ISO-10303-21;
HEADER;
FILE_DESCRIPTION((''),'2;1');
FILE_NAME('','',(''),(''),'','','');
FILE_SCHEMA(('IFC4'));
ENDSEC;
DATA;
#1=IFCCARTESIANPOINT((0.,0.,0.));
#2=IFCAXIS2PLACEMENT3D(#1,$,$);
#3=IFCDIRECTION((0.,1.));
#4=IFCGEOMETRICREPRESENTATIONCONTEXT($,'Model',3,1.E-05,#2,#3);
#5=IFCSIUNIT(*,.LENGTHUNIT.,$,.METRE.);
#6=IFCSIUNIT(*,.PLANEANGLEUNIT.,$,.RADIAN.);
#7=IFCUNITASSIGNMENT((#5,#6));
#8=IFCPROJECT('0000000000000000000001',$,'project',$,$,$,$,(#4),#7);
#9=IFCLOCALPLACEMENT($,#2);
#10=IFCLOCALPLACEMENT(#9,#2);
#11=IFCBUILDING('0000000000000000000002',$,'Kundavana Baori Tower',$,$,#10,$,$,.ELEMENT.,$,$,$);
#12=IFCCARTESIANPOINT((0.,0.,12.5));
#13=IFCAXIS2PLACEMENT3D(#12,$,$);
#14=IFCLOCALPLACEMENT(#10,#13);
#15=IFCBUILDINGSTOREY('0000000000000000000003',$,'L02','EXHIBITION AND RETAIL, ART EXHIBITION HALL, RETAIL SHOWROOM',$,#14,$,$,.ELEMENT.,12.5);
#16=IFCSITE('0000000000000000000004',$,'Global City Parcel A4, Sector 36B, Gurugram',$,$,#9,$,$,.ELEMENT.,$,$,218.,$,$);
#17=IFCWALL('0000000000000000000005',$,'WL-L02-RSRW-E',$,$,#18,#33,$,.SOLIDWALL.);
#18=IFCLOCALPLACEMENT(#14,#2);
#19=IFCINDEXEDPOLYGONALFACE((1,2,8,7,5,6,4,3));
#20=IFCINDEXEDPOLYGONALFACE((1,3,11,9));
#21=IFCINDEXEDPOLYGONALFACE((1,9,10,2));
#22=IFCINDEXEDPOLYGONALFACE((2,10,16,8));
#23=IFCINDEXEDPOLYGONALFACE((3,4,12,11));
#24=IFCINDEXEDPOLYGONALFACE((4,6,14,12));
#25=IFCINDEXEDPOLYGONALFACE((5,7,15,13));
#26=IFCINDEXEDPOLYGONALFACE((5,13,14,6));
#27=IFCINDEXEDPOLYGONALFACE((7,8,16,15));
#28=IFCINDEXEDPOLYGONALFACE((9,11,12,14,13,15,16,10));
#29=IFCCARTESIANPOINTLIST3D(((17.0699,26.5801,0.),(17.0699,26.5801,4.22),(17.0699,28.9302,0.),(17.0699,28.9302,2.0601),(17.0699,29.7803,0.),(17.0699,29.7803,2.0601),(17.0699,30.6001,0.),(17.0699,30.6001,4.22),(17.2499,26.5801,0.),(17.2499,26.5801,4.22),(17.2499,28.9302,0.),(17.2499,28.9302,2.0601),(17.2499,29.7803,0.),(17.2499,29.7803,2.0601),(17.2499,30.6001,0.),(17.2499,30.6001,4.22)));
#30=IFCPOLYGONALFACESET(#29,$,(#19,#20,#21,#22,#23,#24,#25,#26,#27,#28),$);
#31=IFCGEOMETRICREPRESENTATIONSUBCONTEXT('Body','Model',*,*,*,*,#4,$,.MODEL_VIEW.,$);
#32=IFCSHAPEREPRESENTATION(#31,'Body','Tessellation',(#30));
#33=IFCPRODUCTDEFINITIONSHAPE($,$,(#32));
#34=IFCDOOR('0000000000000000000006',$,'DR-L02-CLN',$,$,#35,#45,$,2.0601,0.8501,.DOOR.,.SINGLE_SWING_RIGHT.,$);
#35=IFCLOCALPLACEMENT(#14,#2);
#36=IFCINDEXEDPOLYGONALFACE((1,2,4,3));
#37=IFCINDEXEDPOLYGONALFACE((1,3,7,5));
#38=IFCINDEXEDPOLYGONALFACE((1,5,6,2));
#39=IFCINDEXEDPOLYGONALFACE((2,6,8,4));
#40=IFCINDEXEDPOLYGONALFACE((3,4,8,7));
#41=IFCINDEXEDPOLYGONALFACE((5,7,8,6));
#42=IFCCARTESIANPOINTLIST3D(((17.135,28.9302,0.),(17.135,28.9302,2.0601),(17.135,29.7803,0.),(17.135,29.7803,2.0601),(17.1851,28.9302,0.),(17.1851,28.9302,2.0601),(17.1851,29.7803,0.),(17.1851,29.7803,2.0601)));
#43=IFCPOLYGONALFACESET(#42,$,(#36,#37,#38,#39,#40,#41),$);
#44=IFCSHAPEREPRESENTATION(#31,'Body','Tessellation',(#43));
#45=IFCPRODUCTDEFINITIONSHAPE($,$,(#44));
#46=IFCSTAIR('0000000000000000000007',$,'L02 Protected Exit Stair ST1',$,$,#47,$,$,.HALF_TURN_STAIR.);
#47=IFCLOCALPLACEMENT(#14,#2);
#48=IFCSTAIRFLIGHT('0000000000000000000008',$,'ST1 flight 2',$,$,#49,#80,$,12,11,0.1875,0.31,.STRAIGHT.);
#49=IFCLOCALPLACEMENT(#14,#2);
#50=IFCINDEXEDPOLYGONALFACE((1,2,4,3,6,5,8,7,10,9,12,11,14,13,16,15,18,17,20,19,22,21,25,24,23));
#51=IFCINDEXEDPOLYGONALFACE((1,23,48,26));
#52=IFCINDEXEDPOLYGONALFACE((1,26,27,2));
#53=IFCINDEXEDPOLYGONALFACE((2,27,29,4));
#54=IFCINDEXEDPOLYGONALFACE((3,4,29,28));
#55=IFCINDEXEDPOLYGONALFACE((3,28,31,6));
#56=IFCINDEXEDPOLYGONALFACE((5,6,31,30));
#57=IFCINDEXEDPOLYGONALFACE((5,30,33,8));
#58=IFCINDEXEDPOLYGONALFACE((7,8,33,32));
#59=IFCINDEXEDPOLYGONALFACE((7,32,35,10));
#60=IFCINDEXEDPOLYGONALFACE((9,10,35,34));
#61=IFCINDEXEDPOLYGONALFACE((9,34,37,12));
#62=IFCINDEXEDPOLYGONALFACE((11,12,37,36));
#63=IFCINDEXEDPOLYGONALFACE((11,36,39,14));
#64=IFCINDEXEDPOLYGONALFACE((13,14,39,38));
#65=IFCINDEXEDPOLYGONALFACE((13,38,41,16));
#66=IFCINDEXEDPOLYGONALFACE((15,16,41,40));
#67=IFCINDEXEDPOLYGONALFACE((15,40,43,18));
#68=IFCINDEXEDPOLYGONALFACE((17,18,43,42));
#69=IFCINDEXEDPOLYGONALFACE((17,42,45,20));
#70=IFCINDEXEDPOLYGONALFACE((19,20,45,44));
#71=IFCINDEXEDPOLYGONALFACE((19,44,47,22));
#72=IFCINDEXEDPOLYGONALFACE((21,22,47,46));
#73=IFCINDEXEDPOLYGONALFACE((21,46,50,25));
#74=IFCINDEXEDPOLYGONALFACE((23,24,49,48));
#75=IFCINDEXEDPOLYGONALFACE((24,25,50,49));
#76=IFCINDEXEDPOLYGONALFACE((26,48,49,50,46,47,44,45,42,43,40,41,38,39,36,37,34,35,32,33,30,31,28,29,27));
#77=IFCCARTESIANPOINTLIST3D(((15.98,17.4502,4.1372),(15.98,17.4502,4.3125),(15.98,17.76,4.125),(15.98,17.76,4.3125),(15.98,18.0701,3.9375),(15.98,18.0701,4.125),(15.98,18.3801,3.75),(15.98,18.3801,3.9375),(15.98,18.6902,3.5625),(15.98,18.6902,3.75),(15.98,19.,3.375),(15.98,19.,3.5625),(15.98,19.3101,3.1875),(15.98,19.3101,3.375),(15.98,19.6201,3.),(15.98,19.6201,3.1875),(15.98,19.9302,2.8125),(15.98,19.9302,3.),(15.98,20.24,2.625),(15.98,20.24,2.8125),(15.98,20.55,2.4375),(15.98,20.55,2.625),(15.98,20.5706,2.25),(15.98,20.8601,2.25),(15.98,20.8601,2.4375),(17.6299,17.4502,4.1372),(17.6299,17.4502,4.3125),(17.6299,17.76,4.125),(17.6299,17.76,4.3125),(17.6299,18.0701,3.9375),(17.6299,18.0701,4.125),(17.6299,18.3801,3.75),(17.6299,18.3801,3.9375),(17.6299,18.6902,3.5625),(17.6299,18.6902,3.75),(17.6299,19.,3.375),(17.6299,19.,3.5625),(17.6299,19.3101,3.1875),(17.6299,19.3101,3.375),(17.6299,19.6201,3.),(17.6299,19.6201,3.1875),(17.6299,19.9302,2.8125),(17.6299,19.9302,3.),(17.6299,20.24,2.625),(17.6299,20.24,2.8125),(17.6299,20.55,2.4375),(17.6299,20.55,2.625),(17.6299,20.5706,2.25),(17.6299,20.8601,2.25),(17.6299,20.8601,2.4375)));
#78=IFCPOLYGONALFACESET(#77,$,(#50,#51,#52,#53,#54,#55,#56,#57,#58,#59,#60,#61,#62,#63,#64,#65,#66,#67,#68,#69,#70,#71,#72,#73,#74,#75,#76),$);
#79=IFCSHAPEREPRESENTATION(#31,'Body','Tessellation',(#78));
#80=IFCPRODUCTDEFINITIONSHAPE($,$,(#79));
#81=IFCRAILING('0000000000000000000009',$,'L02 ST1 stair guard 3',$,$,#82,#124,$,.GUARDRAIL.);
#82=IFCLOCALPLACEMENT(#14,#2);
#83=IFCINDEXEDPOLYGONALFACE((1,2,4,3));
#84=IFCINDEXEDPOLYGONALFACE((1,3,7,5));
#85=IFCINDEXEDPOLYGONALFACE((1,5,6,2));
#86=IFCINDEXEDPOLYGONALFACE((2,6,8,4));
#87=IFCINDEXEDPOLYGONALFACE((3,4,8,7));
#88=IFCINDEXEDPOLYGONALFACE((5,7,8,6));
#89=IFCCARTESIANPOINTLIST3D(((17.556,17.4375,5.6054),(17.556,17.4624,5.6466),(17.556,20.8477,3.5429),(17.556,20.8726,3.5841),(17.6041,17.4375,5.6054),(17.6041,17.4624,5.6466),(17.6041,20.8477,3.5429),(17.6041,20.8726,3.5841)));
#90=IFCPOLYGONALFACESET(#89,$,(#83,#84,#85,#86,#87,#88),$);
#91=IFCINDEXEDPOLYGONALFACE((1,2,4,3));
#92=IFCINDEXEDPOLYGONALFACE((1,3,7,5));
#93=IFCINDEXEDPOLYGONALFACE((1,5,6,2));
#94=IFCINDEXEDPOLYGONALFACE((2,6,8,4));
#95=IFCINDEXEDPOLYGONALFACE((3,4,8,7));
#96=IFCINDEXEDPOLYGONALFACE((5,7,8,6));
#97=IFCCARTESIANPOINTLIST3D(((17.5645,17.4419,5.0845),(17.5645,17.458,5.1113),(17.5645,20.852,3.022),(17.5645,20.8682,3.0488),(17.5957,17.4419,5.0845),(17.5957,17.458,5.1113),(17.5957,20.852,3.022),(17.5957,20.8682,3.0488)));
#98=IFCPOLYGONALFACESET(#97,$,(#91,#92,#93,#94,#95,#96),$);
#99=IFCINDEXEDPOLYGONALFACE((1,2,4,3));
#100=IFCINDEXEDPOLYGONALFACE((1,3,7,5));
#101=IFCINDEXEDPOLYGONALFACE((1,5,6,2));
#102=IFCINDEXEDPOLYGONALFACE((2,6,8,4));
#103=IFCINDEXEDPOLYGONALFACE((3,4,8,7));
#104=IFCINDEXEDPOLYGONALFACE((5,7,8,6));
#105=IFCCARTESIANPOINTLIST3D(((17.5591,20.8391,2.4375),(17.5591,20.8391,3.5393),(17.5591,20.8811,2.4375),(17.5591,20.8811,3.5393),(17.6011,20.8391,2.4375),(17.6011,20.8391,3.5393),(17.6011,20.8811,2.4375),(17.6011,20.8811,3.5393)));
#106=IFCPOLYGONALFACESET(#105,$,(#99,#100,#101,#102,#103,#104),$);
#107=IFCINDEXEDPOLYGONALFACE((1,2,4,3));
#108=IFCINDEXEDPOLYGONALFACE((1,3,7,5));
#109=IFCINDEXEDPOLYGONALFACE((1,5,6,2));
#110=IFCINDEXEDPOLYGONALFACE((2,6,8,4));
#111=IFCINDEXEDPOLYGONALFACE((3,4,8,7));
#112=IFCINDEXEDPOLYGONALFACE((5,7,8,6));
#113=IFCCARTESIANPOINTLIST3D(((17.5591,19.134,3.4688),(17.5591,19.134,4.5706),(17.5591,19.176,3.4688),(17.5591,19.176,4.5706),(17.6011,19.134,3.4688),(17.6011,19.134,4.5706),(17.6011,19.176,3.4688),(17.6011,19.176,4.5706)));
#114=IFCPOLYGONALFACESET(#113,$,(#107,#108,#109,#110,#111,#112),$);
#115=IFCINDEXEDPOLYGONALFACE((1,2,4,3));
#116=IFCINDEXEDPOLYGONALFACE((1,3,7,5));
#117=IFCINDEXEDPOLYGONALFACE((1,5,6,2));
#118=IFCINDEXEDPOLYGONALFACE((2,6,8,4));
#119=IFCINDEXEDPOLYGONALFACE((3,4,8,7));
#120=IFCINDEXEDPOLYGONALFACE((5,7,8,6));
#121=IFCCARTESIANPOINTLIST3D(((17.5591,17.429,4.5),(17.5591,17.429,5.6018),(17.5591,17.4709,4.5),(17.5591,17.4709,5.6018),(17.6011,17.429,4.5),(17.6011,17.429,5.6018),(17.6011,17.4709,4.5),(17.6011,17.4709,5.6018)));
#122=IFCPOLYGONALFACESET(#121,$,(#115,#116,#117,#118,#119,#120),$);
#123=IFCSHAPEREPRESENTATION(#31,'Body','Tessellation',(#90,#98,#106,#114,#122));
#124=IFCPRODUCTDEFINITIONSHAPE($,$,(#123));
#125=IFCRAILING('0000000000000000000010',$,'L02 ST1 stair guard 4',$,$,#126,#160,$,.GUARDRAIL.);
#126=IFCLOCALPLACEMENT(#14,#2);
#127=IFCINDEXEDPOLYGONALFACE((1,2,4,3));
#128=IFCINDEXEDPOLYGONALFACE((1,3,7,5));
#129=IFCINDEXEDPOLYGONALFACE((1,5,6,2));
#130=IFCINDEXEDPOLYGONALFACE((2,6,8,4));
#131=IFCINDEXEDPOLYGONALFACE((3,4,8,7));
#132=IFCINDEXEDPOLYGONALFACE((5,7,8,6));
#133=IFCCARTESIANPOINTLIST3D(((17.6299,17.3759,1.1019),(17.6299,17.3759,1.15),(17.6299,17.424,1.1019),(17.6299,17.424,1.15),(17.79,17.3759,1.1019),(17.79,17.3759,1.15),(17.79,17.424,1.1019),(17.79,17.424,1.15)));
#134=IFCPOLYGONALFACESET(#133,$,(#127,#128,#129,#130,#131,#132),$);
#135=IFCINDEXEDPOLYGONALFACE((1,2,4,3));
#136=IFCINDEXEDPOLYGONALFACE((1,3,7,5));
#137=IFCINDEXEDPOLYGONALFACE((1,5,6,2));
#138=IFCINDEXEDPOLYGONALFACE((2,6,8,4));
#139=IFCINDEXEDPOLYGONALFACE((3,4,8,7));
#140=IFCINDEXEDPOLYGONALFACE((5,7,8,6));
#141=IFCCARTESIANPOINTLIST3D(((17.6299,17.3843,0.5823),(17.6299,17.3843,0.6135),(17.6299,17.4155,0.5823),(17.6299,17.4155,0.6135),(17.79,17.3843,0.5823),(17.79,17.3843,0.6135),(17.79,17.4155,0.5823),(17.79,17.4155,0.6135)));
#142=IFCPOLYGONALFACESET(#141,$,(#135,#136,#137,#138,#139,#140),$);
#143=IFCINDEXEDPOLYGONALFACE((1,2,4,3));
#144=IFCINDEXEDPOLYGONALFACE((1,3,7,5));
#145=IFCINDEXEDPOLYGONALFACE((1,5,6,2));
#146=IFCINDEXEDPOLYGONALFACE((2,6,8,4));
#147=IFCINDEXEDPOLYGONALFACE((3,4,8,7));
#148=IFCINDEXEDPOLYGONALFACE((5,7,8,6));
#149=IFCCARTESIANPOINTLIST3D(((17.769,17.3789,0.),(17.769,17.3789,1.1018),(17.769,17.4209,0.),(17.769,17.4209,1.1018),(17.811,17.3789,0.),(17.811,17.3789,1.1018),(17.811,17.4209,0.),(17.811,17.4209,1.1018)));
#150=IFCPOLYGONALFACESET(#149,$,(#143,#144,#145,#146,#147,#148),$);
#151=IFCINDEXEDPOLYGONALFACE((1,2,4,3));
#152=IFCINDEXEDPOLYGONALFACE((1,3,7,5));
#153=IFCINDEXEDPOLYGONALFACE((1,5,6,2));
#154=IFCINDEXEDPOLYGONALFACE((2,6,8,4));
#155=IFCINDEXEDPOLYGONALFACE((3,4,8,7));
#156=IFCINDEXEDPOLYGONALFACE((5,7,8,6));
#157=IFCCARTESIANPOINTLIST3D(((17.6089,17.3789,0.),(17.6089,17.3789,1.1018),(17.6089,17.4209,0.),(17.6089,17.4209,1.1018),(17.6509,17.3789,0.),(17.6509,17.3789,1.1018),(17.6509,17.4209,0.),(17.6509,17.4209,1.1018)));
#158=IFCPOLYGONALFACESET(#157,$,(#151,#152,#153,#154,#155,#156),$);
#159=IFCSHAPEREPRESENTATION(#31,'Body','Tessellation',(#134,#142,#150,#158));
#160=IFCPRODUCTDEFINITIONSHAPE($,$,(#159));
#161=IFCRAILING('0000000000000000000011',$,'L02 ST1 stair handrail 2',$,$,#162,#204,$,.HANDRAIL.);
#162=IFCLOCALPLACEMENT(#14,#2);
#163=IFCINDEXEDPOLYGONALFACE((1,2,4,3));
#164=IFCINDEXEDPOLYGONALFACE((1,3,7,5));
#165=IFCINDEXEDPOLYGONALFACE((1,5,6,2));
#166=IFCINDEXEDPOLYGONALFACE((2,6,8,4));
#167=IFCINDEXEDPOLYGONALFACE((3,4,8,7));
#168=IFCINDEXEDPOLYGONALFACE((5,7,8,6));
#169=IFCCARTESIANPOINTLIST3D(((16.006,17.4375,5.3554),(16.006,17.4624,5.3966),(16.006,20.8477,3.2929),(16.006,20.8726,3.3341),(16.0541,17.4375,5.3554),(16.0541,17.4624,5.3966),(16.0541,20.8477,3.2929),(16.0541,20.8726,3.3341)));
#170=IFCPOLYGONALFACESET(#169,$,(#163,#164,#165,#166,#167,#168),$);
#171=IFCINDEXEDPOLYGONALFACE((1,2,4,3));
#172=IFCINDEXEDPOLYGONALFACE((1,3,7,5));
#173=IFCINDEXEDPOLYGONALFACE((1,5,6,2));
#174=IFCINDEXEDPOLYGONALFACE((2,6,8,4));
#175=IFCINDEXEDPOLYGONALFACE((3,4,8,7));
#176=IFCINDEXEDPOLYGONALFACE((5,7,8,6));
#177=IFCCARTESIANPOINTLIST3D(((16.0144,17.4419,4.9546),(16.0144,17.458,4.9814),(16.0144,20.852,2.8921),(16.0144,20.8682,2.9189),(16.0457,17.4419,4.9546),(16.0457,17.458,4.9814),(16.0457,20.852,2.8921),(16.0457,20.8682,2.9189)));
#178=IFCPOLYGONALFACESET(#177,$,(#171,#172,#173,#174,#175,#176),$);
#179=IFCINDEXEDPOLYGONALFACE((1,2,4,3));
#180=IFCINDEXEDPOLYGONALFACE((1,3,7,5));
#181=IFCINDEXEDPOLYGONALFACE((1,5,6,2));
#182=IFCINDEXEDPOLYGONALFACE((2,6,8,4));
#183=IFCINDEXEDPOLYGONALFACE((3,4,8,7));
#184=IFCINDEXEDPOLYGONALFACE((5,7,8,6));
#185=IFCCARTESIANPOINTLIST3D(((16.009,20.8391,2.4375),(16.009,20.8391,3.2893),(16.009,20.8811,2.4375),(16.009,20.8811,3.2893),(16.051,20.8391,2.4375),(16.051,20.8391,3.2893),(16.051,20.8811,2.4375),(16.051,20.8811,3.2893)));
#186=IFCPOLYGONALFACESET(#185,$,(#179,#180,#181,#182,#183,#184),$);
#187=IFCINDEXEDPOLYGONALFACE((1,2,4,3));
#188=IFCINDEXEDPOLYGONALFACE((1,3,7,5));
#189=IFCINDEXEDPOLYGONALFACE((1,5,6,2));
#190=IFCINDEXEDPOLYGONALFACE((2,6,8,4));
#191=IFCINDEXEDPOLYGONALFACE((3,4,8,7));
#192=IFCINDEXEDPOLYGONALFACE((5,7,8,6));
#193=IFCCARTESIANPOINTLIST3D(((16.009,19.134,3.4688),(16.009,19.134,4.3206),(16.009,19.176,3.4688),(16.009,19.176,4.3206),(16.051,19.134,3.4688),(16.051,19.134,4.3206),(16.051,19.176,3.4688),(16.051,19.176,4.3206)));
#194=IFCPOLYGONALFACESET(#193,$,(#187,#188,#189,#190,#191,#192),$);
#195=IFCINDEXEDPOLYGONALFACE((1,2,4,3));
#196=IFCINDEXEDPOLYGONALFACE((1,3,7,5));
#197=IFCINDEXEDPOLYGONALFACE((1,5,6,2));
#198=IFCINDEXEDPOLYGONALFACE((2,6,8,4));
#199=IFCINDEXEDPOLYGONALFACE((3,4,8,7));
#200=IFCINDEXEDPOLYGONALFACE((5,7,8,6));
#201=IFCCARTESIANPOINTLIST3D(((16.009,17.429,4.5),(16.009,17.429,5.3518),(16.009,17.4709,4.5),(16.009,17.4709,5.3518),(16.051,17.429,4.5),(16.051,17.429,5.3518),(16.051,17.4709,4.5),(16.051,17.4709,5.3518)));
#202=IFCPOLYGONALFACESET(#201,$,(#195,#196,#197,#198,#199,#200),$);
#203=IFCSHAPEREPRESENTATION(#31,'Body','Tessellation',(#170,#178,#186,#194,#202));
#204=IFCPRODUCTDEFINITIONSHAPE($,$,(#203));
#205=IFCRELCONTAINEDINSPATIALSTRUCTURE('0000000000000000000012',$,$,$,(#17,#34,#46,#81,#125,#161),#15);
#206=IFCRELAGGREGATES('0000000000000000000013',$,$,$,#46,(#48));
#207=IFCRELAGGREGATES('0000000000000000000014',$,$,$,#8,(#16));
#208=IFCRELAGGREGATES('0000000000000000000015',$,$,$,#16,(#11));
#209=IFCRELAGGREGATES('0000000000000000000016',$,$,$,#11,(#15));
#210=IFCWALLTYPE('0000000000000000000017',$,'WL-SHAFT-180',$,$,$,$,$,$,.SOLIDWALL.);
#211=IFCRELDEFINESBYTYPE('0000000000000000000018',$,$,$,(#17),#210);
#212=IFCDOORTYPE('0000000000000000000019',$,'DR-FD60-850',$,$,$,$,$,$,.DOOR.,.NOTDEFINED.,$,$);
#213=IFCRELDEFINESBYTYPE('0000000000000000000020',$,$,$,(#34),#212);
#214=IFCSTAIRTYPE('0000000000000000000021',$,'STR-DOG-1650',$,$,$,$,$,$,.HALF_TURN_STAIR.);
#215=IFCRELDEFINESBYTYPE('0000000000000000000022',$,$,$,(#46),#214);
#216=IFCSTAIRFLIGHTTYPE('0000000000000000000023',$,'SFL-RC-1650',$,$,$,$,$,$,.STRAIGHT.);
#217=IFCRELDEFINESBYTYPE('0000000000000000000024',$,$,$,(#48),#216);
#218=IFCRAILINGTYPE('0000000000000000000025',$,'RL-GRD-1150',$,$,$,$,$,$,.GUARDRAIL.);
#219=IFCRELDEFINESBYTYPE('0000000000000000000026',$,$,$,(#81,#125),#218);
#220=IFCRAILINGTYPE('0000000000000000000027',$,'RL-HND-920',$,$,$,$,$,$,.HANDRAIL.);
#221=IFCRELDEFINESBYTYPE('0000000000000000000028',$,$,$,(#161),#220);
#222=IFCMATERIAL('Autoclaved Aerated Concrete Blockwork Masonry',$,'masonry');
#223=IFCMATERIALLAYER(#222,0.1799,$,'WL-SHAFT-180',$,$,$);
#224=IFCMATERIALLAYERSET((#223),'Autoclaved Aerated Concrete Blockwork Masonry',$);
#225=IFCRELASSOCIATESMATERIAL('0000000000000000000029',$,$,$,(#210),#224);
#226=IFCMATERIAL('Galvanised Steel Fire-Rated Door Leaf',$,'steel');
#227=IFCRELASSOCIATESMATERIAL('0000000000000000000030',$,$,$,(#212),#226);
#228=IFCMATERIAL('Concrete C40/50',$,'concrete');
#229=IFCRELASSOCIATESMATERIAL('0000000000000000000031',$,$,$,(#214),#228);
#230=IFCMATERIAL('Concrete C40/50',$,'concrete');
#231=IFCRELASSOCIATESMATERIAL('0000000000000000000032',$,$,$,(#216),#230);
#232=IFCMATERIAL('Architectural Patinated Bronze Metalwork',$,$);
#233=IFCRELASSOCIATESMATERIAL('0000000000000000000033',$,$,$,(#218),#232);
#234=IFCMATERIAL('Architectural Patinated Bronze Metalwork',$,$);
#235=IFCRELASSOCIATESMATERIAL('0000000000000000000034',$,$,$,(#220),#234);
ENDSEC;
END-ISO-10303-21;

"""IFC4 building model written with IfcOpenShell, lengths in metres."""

from ifc_helpers import new_model, si_unit, direction, frame, frame_2d, origin, origin_2d, place, context, subcontext, project, spatial, polyline, rectangle, outline, extrude, material, layer, layer_set, type_object, element, fill, aggregate, save


model = new_model("IFC4")

# Units and contexts
model_context = context("Model", 3, precision=1e-05, world=origin(), true_north=direction((0.0, 1.0)))
body_context = subcontext(model_context, "Body", "Model", "MODEL_VIEW")
ifc_project = project(units=[si_unit("LENGTHUNIT", "METRE"), si_unit("PLANEANGLEUNIT", "RADIAN")], contexts=[model_context])

# Site, building, storey
site_placement = place(None, origin())
site = spatial("IfcSite", under=ifc_project, at=site_placement, Name="Global City Parcel A4, Sector 36B, Gurugram", CompositionType="ELEMENT", RefElevation=218.0)
building_placement = place(site_placement, origin())
building = spatial("IfcBuilding", under=site, at=building_placement, Name="Kundavana Baori Tower", CompositionType="ELEMENT")
storey_placement = place(building_placement, frame((0.0, 0.0, 12.5)))
storey = spatial("IfcBuildingStorey", under=building, at=storey_placement, Name="L02", Description="EXHIBITION AND RETAIL, ART EXHIBITION HALL, RETAIL SHOWROOM", CompositionType="ELEMENT", Elevation=12.5)

# Shared definitions
ifc_material_1 = material(Name="Autoclaved Aerated Concrete Blockwork Masonry", Category="masonry")
ifc_layer_1 = layer(ifc_material_1, 0.1799, Name="WL-SHAFT-180")
ifc_layer_set_1 = layer_set([ifc_layer_1], Name="Autoclaved Aerated Concrete Blockwork Masonry")
wall_type_1 = type_object("IfcWallType", Name="WL-SHAFT-180", PredefinedType="SOLIDWALL", material=ifc_layer_set_1)

# Wall, opening, door
wall_1_placement = place(storey_placement, frame((17.1599, 26.5801, 0.0), z_axis=(0.0, 0.0, 1.0), x_axis=(0.0, 1.0, 0.0)))
wall_1 = element("IfcWall", 1, at=wall_1_placement, inside=storey, type_object=wall_type_1, Name="WL-L02-RSRW-E", PredefinedType="SOLIDWALL", context=body_context, shape_type="SweptSolid", body=[
    extrude(rectangle(XDim=4.02, YDim=0.1799, at=frame_2d((2.01, 0.0))), origin(), (0.0, 0.0, 1.0), 4.22),
])
opening_1_placement = place(wall_1_placement, frame((2.3501, 0.0, 0.0)))
opening_1 = element("IfcOpeningElement", 2, at=opening_1_placement, cuts=wall_1, PredefinedType="OPENING", context=body_context, shape_type="SweptSolid", body=[
    extrude(rectangle(XDim=0.8501, YDim=2.0601, at=frame_2d((0.425, 1.03))), frame((0.0, 0.1001, 0.0), z_axis=(0.0, -1.0, 0.0), x_axis=(1.0, 0.0, 0.0)), (0.0, 0.0, 1.0), 0.2),
])
ifc_material_2 = material(Name="Galvanised Steel Fire-Rated Door Leaf", Category="steel")
door_type_1 = type_object("IfcDoorType", Name="DR-FD60-850", OperationType="NOTDEFINED", PredefinedType="DOOR", material=ifc_material_2)
door_1_placement = place(opening_1_placement, origin())
door_1 = element("IfcDoor", 3, at=door_1_placement, inside=storey, type_object=door_type_1, Name="DR-L02-CLN", OperationType="SINGLE_SWING_RIGHT", OverallHeight=2.0601, OverallWidth=0.8501, PredefinedType="DOOR", context=body_context, shape_type="SweptSolid", body=[
    extrude(rectangle(XDim=0.8501, YDim=2.0601, at=frame_2d((0.425, 1.03))), frame((0.0, 0.0249, 0.0), z_axis=(0.0, -1.0, 0.0), x_axis=(1.0, 0.0, 0.0)), (0.0, 0.0, 1.0), 0.05),
])
fill(opening_1, door_1)

# Stair, stair flight
ifc_material_3 = material(Name="Concrete C40/50", Category="concrete")
stair_type = type_object("IfcStairType", Name="STR-DOG-1650", PredefinedType="HALF_TURN_STAIR", material=ifc_material_3)
stair_placement = place(storey_placement, origin())
stair = element("IfcStair", 4, at=stair_placement, inside=storey, type_object=stair_type, Name="L02 Protected Exit Stair ST1", PredefinedType="HALF_TURN_STAIR")
ifc_material_4 = material(Name="Concrete C40/50", Category="concrete")
stair_flight_type = type_object("IfcStairFlightType", Name="SFL-RC-1650", PredefinedType="STRAIGHT", material=ifc_material_4)
stair_flight_placement = place(storey_placement, frame((16.8049, 20.8601, 2.25), z_axis=(0.0, 0.0, 1.0), x_axis=(0.0, -1.0, 0.0)))
stair_flight = element("IfcStairFlight", 5, at=stair_flight_placement, type_object=stair_flight_type, Name="ST1 flight 2", NumberOfRisers=12, NumberOfTreads=11, PredefinedType="STRAIGHT", RiserHeight=0.1875, TreadLength=0.31, context=body_context, shape_type="SweptSolid", body=[
    extrude(outline(polyline([(0.0, 0.0), (0.0, 0.1875), (0.3101, 0.1875), (0.3101, 0.375), (0.6201, 0.375), (0.6201, 0.5625), (0.9299, 0.5625), (0.9299, 0.75), (1.24, 0.75), (1.24, 0.9375), (1.55, 0.9375), (1.55, 1.125), (1.8601, 1.125), (1.8601, 1.3125), (2.1699, 1.3125), (2.1699, 1.5), (2.48, 1.5), (2.48, 1.6875), (2.79, 1.6875), (2.79, 1.875), (3.1001, 1.875), (3.1001, 2.0625), (3.4099, 2.0625), (3.4099, 2.25), (3.4099, 1.8872), (0.2896, 0.0), (0.0, 0.0)])), frame((0.0, 0.825, 0.0), z_axis=(0.0, -1.0, 0.0), x_axis=(1.0, 0.0, 0.0)), (0.0, 0.0, 1.0), 1.6499),
])
aggregate(stair, [stair_flight])

# Railings
ifc_material_5 = material(Name="Architectural Patinated Bronze Metalwork")
railing_type_1 = type_object("IfcRailingType", Name="RL-GRD-1150", PredefinedType="GUARDRAIL", material=ifc_material_5)
railing_1_placement = place(storey_placement, frame((17.5801, 20.8601, 2.4375)))
element("IfcRailing", 6, at=railing_1_placement, inside=storey, type_object=railing_type_1, Name="L02 ST1 stair guard 3", PredefinedType="GUARDRAIL", context=body_context, shape_type="SweptSolid", body=[
    extrude(rectangle(XDim=0.0481, YDim=0.0481, at=origin_2d()), frame((0.0, 0.0, 1.126), z_axis=(0.0, -0.855671, 0.517519), x_axis=(1.0, 0.0, 0.0)), (0.0, 0.0, 1.0), 3.9854),
    extrude(rectangle(XDim=0.0312, YDim=0.0312, at=origin_2d()), frame((0.0, 0.0, 0.5979), z_axis=(0.0, -0.855671, 0.517519), x_axis=(1.0, 0.0, 0.0)), (0.0, 0.0, 1.0), 3.9854),
    extrude(rectangle(XDim=0.042, YDim=0.042, at=origin_2d()), origin(), (0.0, 0.0, 1.0), 1.1018),
    extrude(rectangle(XDim=0.042, YDim=0.042, at=origin_2d()), frame((0.0, -1.7051, 1.0312)), (0.0, 0.0, 1.0), 1.1018),
    extrude(rectangle(XDim=0.042, YDim=0.042, at=origin_2d()), frame((0.0, -3.4102, 2.0625)), (0.0, 0.0, 1.0), 1.1018),
])
railing_2_placement = place(storey_placement, frame((17.79, 17.3999, 0.0)))
element("IfcRailing", 7, at=railing_2_placement, inside=storey, type_object=railing_type_1, Name="L02 ST1 stair guard 4", PredefinedType="GUARDRAIL", context=body_context, shape_type="SweptSolid", body=[
    extrude(rectangle(XDim=0.0481, YDim=0.0481, at=origin_2d()), frame((0.0, 0.0, 1.126), z_axis=(-1.0, 0.0, 0.0), x_axis=(0.0, -1.0, 0.0)), (0.0, 0.0, 1.0), 0.1602),
    extrude(rectangle(XDim=0.0312, YDim=0.0312, at=origin_2d()), frame((0.0, 0.0, 0.5979), z_axis=(-1.0, 0.0, 0.0), x_axis=(0.0, -1.0, 0.0)), (0.0, 0.0, 1.0), 0.1602),
    extrude(rectangle(XDim=0.042, YDim=0.042, at=origin_2d()), origin(), (0.0, 0.0, 1.0), 1.1018),
    extrude(rectangle(XDim=0.042, YDim=0.042, at=origin_2d()), frame((-0.1602, 0.0, 0.0)), (0.0, 0.0, 1.0), 1.1018),
])
ifc_material_6 = material(Name="Architectural Patinated Bronze Metalwork")
railing_type_2 = type_object("IfcRailingType", Name="RL-HND-920", PredefinedType="HANDRAIL", material=ifc_material_6)
railing_3_placement = place(storey_placement, frame((16.03, 20.8601, 2.4375)))
element("IfcRailing", 8, at=railing_3_placement, inside=storey, type_object=railing_type_2, Name="L02 ST1 stair handrail 2", PredefinedType="HANDRAIL", context=body_context, shape_type="SweptSolid", body=[
    extrude(rectangle(XDim=0.0481, YDim=0.0481, at=origin_2d()), frame((0.0, 0.0, 0.876), z_axis=(0.0, -0.855671, 0.517519), x_axis=(1.0, 0.0, 0.0)), (0.0, 0.0, 1.0), 3.9854),
    extrude(rectangle(XDim=0.0312, YDim=0.0312, at=origin_2d()), frame((0.0, 0.0, 0.468), z_axis=(0.0, -0.855671, 0.517519), x_axis=(1.0, 0.0, 0.0)), (0.0, 0.0, 1.0), 3.9854),
    extrude(rectangle(XDim=0.042, YDim=0.042, at=origin_2d()), origin(), (0.0, 0.0, 1.0), 0.8518),
    extrude(rectangle(XDim=0.042, YDim=0.042, at=origin_2d()), frame((0.0, -1.7051, 1.0312)), (0.0, 0.0, 1.0), 0.8518),
    extrude(rectangle(XDim=0.042, YDim=0.042, at=origin_2d()), frame((0.0, -3.4102, 2.0625)), (0.0, 0.0, 1.0), 0.8518),
])

save(model, "model.ifc")
